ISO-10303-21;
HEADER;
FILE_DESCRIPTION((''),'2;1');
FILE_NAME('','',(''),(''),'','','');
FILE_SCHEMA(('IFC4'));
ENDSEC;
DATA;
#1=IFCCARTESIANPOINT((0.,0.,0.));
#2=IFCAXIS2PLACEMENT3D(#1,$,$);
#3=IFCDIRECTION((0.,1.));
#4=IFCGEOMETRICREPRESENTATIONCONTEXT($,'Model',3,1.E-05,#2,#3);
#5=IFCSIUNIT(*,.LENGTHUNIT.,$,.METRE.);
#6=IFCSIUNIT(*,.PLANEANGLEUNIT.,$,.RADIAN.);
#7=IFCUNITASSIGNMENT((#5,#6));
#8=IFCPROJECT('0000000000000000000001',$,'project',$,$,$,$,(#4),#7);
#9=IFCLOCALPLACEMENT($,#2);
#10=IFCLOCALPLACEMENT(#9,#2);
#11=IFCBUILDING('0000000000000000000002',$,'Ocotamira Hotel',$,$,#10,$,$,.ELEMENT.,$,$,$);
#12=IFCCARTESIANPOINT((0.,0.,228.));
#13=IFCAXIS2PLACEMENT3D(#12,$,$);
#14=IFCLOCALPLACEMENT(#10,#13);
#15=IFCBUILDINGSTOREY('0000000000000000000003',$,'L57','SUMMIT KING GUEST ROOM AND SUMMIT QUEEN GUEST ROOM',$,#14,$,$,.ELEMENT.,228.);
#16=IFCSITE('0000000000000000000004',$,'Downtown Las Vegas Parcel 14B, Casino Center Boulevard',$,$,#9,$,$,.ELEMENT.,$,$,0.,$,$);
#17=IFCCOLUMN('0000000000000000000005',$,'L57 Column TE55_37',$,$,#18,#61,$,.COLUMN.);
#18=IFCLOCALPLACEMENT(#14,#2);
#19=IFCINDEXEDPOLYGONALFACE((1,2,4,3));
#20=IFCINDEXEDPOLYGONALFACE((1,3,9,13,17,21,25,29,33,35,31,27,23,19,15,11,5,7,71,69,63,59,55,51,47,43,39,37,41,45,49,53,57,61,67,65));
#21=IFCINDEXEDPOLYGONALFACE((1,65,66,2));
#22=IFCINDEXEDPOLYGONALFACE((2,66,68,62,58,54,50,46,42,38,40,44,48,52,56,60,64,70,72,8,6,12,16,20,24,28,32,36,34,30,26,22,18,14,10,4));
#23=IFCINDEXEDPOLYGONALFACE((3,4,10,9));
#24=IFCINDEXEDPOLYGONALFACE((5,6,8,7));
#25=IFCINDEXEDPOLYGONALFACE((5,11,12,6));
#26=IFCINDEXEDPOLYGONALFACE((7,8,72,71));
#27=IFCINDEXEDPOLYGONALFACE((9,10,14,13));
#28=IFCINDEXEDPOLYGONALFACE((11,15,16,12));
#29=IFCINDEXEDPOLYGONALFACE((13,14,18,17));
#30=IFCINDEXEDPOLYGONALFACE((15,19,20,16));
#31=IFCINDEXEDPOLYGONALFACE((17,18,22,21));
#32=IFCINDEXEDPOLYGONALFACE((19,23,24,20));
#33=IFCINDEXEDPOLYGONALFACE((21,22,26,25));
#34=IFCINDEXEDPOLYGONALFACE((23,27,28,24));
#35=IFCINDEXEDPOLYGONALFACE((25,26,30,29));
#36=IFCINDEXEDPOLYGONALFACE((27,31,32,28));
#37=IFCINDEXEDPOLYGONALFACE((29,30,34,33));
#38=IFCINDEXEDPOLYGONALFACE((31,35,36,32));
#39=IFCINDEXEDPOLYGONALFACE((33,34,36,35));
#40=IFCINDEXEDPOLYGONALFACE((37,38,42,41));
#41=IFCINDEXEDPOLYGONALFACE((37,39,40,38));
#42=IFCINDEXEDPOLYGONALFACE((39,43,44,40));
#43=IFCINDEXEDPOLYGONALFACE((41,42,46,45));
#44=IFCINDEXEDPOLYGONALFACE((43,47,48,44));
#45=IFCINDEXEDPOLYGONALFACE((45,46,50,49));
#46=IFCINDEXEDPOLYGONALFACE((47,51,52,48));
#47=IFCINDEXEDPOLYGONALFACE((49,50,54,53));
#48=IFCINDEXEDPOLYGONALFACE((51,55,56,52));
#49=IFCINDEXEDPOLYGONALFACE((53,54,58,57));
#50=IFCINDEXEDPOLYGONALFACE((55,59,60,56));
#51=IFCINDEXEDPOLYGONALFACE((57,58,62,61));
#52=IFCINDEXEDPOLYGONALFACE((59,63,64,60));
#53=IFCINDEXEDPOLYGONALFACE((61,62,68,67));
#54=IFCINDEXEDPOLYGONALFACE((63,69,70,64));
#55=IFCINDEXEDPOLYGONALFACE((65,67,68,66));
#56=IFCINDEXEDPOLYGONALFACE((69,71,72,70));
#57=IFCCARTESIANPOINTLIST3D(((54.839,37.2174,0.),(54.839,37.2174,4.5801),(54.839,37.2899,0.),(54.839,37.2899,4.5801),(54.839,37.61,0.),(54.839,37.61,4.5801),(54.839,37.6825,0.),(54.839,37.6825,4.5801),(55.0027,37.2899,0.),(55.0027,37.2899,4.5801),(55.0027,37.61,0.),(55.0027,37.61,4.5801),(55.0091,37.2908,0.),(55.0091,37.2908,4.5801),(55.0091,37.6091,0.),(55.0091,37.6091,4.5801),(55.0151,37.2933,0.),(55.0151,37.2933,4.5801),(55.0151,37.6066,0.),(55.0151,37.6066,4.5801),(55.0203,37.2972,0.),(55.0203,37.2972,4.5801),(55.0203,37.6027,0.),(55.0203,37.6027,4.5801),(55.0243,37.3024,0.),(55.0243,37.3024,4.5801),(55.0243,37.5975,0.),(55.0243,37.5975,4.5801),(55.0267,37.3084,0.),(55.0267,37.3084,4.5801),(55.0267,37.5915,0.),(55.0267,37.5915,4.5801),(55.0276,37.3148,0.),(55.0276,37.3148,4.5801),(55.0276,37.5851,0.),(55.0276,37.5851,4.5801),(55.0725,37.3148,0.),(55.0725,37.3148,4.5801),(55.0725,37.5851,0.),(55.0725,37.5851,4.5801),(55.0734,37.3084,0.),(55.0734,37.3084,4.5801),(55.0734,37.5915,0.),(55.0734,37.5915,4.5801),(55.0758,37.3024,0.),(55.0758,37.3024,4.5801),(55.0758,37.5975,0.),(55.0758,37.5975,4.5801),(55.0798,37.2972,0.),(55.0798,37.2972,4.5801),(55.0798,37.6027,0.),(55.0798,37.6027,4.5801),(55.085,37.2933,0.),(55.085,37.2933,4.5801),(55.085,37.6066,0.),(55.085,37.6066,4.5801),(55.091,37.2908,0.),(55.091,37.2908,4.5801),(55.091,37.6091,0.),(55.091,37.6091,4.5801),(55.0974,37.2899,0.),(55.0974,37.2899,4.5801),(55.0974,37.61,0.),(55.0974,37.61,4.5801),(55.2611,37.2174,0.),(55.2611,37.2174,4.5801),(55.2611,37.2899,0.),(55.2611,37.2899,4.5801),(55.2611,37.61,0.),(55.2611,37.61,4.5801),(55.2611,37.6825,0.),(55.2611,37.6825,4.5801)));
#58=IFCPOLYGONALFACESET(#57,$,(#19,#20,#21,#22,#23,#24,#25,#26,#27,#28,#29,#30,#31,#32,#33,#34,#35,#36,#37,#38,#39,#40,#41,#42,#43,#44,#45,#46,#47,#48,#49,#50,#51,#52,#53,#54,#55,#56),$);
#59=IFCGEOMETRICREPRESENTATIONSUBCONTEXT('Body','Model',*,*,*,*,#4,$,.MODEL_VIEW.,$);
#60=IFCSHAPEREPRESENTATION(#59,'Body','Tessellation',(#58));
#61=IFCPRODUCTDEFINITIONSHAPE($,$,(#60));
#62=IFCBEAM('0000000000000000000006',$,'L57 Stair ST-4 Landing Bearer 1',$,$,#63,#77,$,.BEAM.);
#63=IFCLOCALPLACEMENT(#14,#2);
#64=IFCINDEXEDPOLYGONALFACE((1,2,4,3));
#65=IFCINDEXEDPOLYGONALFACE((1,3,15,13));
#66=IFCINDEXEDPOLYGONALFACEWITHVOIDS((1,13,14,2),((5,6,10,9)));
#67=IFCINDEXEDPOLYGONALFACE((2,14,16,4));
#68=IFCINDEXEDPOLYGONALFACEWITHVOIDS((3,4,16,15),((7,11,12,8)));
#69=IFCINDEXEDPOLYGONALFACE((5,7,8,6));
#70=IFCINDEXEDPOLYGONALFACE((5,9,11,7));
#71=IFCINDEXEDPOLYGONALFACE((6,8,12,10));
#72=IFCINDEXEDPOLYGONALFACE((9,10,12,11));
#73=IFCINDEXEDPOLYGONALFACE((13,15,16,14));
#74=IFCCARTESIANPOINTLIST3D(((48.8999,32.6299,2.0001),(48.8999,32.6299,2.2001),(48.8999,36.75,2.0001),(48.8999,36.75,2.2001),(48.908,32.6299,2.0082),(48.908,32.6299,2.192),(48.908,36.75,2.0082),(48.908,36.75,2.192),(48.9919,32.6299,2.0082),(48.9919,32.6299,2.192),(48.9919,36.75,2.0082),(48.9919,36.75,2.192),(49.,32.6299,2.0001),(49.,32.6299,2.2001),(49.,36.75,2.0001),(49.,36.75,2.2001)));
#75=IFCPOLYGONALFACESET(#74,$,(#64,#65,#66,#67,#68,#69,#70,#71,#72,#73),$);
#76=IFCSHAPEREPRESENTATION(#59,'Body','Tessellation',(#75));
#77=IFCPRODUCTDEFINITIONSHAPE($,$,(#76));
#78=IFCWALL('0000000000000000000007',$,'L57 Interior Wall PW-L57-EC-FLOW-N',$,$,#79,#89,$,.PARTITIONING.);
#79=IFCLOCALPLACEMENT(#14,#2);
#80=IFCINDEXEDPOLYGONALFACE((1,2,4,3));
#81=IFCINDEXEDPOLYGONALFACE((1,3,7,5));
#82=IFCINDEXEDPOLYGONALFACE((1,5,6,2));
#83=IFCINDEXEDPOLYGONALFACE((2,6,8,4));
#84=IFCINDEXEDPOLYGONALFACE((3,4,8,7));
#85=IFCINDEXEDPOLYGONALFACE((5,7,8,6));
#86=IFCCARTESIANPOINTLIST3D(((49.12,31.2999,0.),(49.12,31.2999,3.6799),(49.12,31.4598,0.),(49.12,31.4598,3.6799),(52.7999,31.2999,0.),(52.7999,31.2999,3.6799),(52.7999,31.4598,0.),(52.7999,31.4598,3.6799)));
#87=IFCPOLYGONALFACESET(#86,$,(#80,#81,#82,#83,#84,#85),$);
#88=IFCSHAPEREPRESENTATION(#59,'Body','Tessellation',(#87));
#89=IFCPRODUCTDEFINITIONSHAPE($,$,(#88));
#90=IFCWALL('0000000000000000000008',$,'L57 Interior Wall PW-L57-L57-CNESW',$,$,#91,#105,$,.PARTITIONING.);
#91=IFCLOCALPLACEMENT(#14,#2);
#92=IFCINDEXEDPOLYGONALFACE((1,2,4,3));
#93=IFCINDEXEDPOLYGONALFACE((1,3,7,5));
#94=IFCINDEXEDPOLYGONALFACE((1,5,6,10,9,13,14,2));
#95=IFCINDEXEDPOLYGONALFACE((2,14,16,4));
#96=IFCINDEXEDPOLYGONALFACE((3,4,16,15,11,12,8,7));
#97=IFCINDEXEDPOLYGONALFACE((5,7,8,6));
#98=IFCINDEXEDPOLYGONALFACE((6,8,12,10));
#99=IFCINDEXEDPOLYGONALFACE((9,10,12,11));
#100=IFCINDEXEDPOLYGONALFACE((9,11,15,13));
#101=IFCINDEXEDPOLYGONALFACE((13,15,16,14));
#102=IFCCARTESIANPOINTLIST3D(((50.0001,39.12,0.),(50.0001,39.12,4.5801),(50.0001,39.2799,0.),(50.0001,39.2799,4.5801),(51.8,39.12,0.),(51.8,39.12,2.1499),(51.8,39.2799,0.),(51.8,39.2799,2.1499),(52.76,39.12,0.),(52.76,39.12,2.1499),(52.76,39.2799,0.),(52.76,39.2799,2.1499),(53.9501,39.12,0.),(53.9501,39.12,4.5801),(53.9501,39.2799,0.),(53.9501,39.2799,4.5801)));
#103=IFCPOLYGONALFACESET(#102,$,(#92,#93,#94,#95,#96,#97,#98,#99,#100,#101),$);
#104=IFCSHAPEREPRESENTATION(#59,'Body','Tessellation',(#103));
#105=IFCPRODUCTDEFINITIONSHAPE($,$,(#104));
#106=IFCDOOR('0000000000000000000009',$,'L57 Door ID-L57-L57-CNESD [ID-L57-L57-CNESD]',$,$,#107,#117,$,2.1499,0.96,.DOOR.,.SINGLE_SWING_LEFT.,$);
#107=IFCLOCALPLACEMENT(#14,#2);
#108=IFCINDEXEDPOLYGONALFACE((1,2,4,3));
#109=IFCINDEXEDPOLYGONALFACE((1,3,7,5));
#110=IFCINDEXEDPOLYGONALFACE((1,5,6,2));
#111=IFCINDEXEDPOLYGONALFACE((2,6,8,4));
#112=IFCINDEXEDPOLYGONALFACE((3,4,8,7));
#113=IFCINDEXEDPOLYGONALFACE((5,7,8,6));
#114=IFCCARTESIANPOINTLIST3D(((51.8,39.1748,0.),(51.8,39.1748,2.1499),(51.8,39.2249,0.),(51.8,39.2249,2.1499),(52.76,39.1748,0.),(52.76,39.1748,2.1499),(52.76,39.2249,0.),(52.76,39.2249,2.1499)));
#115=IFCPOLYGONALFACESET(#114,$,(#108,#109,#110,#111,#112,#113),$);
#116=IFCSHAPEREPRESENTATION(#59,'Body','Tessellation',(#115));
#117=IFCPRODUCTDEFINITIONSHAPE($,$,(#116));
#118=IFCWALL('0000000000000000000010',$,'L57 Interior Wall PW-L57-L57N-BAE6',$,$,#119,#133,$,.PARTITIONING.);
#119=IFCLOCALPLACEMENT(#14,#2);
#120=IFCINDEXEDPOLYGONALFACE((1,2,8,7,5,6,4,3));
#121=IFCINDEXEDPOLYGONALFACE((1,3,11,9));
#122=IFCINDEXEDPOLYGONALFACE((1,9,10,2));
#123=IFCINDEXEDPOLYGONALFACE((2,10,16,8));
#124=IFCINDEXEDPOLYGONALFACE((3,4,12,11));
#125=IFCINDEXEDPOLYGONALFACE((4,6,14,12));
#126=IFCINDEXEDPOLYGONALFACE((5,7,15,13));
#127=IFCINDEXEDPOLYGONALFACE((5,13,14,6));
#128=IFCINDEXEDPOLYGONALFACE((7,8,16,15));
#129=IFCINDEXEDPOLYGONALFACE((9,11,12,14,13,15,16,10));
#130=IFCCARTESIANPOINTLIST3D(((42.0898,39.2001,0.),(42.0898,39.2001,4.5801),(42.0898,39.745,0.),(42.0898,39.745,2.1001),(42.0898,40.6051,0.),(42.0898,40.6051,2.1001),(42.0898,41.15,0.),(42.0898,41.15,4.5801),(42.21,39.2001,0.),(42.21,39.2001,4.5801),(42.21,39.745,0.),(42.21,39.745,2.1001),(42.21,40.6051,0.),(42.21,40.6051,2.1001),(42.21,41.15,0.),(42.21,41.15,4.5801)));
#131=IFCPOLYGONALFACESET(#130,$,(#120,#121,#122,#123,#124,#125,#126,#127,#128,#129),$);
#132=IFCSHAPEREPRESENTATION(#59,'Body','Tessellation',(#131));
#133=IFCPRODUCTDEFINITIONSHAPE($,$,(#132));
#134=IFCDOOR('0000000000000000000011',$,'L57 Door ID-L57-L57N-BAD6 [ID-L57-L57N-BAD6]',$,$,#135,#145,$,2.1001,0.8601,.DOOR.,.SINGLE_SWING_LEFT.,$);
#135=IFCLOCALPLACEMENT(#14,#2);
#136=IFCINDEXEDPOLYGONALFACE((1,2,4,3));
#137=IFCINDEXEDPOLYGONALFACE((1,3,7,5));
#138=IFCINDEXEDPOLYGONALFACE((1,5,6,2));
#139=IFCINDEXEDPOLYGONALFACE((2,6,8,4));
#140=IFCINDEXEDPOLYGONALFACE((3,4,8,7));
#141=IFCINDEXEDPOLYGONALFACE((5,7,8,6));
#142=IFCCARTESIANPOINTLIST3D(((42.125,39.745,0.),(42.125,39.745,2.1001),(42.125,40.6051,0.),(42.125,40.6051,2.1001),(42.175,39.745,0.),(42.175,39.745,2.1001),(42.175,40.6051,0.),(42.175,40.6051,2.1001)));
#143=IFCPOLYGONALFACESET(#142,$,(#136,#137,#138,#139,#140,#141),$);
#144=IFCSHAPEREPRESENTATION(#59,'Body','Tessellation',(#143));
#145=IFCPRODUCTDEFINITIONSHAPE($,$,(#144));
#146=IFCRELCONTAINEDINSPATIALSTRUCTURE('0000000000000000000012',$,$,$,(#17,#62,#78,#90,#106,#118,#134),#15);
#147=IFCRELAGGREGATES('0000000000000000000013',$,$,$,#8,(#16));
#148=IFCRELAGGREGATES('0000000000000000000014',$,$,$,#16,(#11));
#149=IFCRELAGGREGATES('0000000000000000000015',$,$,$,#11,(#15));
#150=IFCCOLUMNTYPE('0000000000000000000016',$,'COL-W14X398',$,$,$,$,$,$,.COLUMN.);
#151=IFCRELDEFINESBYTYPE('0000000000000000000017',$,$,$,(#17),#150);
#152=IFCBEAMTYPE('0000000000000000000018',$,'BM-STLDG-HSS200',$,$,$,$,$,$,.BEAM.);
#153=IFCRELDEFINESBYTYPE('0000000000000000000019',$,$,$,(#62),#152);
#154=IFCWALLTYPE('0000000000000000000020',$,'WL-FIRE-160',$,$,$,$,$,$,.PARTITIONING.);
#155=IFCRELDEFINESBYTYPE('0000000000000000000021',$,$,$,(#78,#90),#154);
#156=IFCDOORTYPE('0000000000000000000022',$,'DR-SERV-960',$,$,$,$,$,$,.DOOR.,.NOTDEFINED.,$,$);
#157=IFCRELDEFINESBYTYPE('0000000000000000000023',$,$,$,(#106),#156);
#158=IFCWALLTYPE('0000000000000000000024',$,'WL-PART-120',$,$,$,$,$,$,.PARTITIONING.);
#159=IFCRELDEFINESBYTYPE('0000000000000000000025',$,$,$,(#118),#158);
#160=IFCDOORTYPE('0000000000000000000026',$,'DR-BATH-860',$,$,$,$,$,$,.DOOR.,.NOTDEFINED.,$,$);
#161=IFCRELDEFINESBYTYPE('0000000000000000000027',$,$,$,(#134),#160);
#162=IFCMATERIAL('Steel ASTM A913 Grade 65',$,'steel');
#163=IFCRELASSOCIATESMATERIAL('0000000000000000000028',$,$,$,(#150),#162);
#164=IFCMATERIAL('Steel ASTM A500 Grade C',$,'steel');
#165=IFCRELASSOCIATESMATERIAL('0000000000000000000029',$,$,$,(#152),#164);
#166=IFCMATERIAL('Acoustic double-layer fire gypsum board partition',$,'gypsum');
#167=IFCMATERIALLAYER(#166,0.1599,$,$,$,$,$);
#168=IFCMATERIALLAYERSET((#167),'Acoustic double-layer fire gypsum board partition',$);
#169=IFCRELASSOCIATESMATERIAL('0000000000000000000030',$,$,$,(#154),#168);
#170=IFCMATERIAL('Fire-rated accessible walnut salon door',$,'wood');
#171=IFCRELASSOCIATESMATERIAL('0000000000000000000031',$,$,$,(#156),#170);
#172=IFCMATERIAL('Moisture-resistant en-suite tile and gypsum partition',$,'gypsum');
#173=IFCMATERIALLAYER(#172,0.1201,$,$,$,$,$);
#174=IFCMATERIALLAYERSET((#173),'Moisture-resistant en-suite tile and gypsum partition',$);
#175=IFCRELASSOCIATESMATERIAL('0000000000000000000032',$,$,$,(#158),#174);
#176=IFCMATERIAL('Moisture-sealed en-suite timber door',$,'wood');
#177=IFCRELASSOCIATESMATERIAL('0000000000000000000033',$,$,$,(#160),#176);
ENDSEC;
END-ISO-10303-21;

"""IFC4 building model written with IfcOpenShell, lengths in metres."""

from ifc_helpers import new_model, si_unit, direction, frame, frame_2d, origin, origin_2d, place, context, subcontext, project, spatial, rectangle, hollow_rectangle, i_section, extrude, source, transform, mapped, material, layer, layer_set, material_profile, profile_set, type_object, element, fill, save


model = new_model("IFC4")

# Units and contexts
model_context = context("Model", 3, precision=1e-05, world=origin(), true_north=direction((0.0, 1.0)))
body_context = subcontext(model_context, "Body", "Model", "MODEL_VIEW")
ifc_project = project(units=[si_unit("LENGTHUNIT", "METRE"), si_unit("PLANEANGLEUNIT", "RADIAN")], contexts=[model_context])

# Site, building, storey
site_placement = place(None, origin())
site = spatial("IfcSite", under=ifc_project, at=site_placement, Name="Downtown Las Vegas Parcel 14B, Casino Center Boulevard", CompositionType="ELEMENT", RefElevation=0.0)
building_placement = place(site_placement, origin())
building = spatial("IfcBuilding", under=site, at=building_placement, Name="Ocotamira Hotel", CompositionType="ELEMENT")
storey_placement = place(building_placement, frame((0.0, 0.0, 228.0)))
storey = spatial("IfcBuildingStorey", under=building, at=storey_placement, Name="L57", Description="SUMMIT KING GUEST ROOM AND SUMMIT QUEEN GUEST ROOM", CompositionType="ELEMENT", Elevation=228.0)

# Column
ifc_material_1 = material(Name="Steel ASTM A913 Grade 65", Category="steel")
ifc_material_profile_1 = material_profile(ifc_material_1, i_section(OverallWidth=0.4221, OverallDepth=0.4651, WebThickness=0.0449, FlangeThickness=0.0725, FilletRadius=0.0249, at=origin_2d()), Name="W14X398")
ifc_profile_set_1 = profile_set([ifc_material_profile_1], Name="Steel ASTM A913 Grade 65")
column_type = type_object("IfcColumnType", Name="COL-W14X398", PredefinedType="COLUMN", material=ifc_profile_set_1)
shared_shape_1 = source(origin(), body_context, "Body", "SweptSolid", [
    extrude(i_section(OverallWidth=0.4221, OverallDepth=0.4651, WebThickness=0.0449, FlangeThickness=0.0725, FilletRadius=0.0249, at=origin_2d()), origin(), (0.0, 0.0, 1.0), 4.5801),
])
column_placement = place(storey_placement, frame((55.05, 37.45, 0.0), z_axis=(0.0, 0.0, 1.0), x_axis=(1.0, 0.0, 0.0)))
element("IfcColumn", 1, at=column_placement, inside=storey, type_object=column_type, Name="L57 Column TE55_37", PredefinedType="COLUMN", context=body_context, shape_type="MappedRepresentation", body=[
    mapped(shared_shape_1, transform((0.0, 0.0, 0.0), scale=1.0)),
])

# Beam
ifc_material_2 = material(Name="Steel ASTM A500 Grade C", Category="steel")
ifc_material_profile_2 = material_profile(ifc_material_2, hollow_rectangle(XDim=0.1001, YDim=0.2, WallThickness=0.0081, at=origin_2d()), Name="HSS200X100X8")
ifc_profile_set_2 = profile_set([ifc_material_profile_2], Name="Steel ASTM A500 Grade C")
beam_type = type_object("IfcBeamType", Name="BM-STLDG-HSS200", PredefinedType="BEAM", material=ifc_profile_set_2)
shared_shape_2 = source(origin(), body_context, "Body", "SweptSolid", [
    extrude(hollow_rectangle(XDim=0.1001, YDim=0.2, WallThickness=0.0081, at=origin_2d()), origin(), (0.0, 0.0, 1.0), 4.1201),
])
beam_placement = place(storey_placement, frame((48.95, 32.6299, 2.1001), z_axis=(0.0, 1.0, 0.0), x_axis=(-1.0, 0.0, 0.0)))
element("IfcBeam", 2, at=beam_placement, inside=storey, type_object=beam_type, Name="L57 Stair ST-4 Landing Bearer 1", PredefinedType="BEAM", context=body_context, shape_type="MappedRepresentation", body=[
    mapped(shared_shape_2, transform((0.0, 0.0, 0.0), scale=1.0)),
])

# Wall
ifc_material_3 = material(Name="Acoustic double-layer fire gypsum board partition", Category="gypsum")
ifc_layer_1 = layer(ifc_material_3, 0.1599)
ifc_layer_set_1 = layer_set([ifc_layer_1], Name="Acoustic double-layer fire gypsum board partition")
wall_type_1 = type_object("IfcWallType", Name="WL-FIRE-160", PredefinedType="PARTITIONING", material=ifc_layer_set_1)
wall_1_placement = place(storey_placement, frame((49.1201, 31.3799, 0.0), z_axis=(0.0, 0.0, 1.0), x_axis=(1.0, 0.0, 0.0)))
element("IfcWall", 3, at=wall_1_placement, inside=storey, type_object=wall_type_1, Name="L57 Interior Wall PW-L57-EC-FLOW-N", PredefinedType="PARTITIONING", context=body_context, shape_type="SweptSolid", body=[
    extrude(rectangle(XDim=3.6799, YDim=0.1599, at=frame_2d((1.8398, 0.0))), origin(), (0.0, 0.0, 1.0), 3.6799),
])

# Walls, openings, doors
wall_2_placement = place(storey_placement, frame((50.0, 39.2, 0.0), z_axis=(0.0, 0.0, 1.0), x_axis=(1.0, 0.0, 0.0)))
wall_2 = element("IfcWall", 4, at=wall_2_placement, inside=storey, type_object=wall_type_1, Name="L57 Interior Wall PW-L57-L57-CNESW", PredefinedType="PARTITIONING", context=body_context, shape_type="SweptSolid", body=[
    extrude(rectangle(XDim=3.95, YDim=0.1599, at=frame_2d((1.9751, 0.0))), origin(), (0.0, 0.0, 1.0), 4.5801),
])
opening_1_placement = place(wall_2_placement, frame((1.8, 0.0, 0.0)))
opening_1 = element("IfcOpeningElement", 5, at=opening_1_placement, cuts=wall_2, PredefinedType="OPENING", context=body_context, shape_type="SweptSolid", body=[
    extrude(rectangle(XDim=0.96, YDim=2.1499, at=frame_2d((0.48, 1.075))), frame((0.0, 0.0898, 0.0), z_axis=(0.0, -1.0, 0.0), x_axis=(1.0, 0.0, 0.0)), (0.0, 0.0, 1.0), 0.1799),
])
ifc_material_4 = material(Name="Fire-rated accessible walnut salon door", Category="wood")
door_type_1 = type_object("IfcDoorType", Name="DR-SERV-960", OperationType="NOTDEFINED", PredefinedType="DOOR", material=ifc_material_4)
shared_shape_3 = source(origin(), body_context, "Body", "SweptSolid", [
    extrude(rectangle(XDim=0.96, YDim=2.1499, at=frame_2d((0.48, 1.075))), frame((0.0, 0.0249, 0.0), z_axis=(0.0, -1.0, 0.0), x_axis=(1.0, 0.0, 0.0)), (0.0, 0.0, 1.0), 0.05),
])
door_1_placement = place(opening_1_placement, origin())
door_1 = element("IfcDoor", 6, at=door_1_placement, inside=storey, type_object=door_type_1, Name="L57 Door ID-L57-L57-CNESD [ID-L57-L57-CNESD]", OperationType="SINGLE_SWING_LEFT", OverallHeight=2.1499, OverallWidth=0.96, PredefinedType="DOOR", context=body_context, shape_type="MappedRepresentation", body=[
    mapped(shared_shape_3, transform((0.0, 0.0, 0.0), scale=1.0)),
])
fill(opening_1, door_1)
ifc_material_5 = material(Name="Moisture-resistant en-suite tile and gypsum partition", Category="gypsum")
ifc_layer_2 = layer(ifc_material_5, 0.1201)
ifc_layer_set_2 = layer_set([ifc_layer_2], Name="Moisture-resistant en-suite tile and gypsum partition")
wall_type_2 = type_object("IfcWallType", Name="WL-PART-120", PredefinedType="PARTITIONING", material=ifc_layer_set_2)
wall_3_placement = place(storey_placement, frame((42.1499, 39.2, 0.0), z_axis=(0.0, 0.0, 1.0), x_axis=(0.0, 1.0, 0.0)))
wall_3 = element("IfcWall", 7, at=wall_3_placement, inside=storey, type_object=wall_type_2, Name="L57 Interior Wall PW-L57-L57N-BAE6", PredefinedType="PARTITIONING", context=body_context, shape_type="SweptSolid", body=[
    extrude(rectangle(XDim=1.95, YDim=0.1201, at=frame_2d((0.9751, 0.0))), origin(), (0.0, 0.0, 1.0), 4.5801),
])
opening_2_placement = place(wall_3_placement, frame((0.5449, 0.0, 0.0)))
opening_2 = element("IfcOpeningElement", 8, at=opening_2_placement, cuts=wall_3, PredefinedType="OPENING", context=body_context, shape_type="SweptSolid", body=[
    extrude(rectangle(XDim=0.8601, YDim=2.1001, at=frame_2d((0.4302, 1.05))), frame((0.0, 0.0701, 0.0), z_axis=(0.0, -1.0, 0.0), x_axis=(1.0, 0.0, 0.0)), (0.0, 0.0, 1.0), 0.1401),
])
ifc_material_6 = material(Name="Moisture-sealed en-suite timber door", Category="wood")
door_type_2 = type_object("IfcDoorType", Name="DR-BATH-860", OperationType="NOTDEFINED", PredefinedType="DOOR", material=ifc_material_6)
shared_shape_4 = source(origin(), body_context, "Body", "SweptSolid", [
    extrude(rectangle(XDim=0.8601, YDim=2.1001, at=frame_2d((0.4302, 1.05))), frame((0.0, 0.0249, 0.0), z_axis=(0.0, -1.0, 0.0), x_axis=(1.0, 0.0, 0.0)), (0.0, 0.0, 1.0), 0.05),
])
door_2_placement = place(opening_2_placement, origin())
door_2 = element("IfcDoor", 9, at=door_2_placement, inside=storey, type_object=door_type_2, Name="L57 Door ID-L57-L57N-BAD6 [ID-L57-L57N-BAD6]", OperationType="SINGLE_SWING_LEFT", OverallHeight=2.1001, OverallWidth=0.8601, PredefinedType="DOOR", context=body_context, shape_type="MappedRepresentation", body=[
    mapped(shared_shape_4, transform((0.0, 0.0, 0.0), scale=1.0)),
])
fill(opening_2, door_2)

save(model, "model.ifc")
